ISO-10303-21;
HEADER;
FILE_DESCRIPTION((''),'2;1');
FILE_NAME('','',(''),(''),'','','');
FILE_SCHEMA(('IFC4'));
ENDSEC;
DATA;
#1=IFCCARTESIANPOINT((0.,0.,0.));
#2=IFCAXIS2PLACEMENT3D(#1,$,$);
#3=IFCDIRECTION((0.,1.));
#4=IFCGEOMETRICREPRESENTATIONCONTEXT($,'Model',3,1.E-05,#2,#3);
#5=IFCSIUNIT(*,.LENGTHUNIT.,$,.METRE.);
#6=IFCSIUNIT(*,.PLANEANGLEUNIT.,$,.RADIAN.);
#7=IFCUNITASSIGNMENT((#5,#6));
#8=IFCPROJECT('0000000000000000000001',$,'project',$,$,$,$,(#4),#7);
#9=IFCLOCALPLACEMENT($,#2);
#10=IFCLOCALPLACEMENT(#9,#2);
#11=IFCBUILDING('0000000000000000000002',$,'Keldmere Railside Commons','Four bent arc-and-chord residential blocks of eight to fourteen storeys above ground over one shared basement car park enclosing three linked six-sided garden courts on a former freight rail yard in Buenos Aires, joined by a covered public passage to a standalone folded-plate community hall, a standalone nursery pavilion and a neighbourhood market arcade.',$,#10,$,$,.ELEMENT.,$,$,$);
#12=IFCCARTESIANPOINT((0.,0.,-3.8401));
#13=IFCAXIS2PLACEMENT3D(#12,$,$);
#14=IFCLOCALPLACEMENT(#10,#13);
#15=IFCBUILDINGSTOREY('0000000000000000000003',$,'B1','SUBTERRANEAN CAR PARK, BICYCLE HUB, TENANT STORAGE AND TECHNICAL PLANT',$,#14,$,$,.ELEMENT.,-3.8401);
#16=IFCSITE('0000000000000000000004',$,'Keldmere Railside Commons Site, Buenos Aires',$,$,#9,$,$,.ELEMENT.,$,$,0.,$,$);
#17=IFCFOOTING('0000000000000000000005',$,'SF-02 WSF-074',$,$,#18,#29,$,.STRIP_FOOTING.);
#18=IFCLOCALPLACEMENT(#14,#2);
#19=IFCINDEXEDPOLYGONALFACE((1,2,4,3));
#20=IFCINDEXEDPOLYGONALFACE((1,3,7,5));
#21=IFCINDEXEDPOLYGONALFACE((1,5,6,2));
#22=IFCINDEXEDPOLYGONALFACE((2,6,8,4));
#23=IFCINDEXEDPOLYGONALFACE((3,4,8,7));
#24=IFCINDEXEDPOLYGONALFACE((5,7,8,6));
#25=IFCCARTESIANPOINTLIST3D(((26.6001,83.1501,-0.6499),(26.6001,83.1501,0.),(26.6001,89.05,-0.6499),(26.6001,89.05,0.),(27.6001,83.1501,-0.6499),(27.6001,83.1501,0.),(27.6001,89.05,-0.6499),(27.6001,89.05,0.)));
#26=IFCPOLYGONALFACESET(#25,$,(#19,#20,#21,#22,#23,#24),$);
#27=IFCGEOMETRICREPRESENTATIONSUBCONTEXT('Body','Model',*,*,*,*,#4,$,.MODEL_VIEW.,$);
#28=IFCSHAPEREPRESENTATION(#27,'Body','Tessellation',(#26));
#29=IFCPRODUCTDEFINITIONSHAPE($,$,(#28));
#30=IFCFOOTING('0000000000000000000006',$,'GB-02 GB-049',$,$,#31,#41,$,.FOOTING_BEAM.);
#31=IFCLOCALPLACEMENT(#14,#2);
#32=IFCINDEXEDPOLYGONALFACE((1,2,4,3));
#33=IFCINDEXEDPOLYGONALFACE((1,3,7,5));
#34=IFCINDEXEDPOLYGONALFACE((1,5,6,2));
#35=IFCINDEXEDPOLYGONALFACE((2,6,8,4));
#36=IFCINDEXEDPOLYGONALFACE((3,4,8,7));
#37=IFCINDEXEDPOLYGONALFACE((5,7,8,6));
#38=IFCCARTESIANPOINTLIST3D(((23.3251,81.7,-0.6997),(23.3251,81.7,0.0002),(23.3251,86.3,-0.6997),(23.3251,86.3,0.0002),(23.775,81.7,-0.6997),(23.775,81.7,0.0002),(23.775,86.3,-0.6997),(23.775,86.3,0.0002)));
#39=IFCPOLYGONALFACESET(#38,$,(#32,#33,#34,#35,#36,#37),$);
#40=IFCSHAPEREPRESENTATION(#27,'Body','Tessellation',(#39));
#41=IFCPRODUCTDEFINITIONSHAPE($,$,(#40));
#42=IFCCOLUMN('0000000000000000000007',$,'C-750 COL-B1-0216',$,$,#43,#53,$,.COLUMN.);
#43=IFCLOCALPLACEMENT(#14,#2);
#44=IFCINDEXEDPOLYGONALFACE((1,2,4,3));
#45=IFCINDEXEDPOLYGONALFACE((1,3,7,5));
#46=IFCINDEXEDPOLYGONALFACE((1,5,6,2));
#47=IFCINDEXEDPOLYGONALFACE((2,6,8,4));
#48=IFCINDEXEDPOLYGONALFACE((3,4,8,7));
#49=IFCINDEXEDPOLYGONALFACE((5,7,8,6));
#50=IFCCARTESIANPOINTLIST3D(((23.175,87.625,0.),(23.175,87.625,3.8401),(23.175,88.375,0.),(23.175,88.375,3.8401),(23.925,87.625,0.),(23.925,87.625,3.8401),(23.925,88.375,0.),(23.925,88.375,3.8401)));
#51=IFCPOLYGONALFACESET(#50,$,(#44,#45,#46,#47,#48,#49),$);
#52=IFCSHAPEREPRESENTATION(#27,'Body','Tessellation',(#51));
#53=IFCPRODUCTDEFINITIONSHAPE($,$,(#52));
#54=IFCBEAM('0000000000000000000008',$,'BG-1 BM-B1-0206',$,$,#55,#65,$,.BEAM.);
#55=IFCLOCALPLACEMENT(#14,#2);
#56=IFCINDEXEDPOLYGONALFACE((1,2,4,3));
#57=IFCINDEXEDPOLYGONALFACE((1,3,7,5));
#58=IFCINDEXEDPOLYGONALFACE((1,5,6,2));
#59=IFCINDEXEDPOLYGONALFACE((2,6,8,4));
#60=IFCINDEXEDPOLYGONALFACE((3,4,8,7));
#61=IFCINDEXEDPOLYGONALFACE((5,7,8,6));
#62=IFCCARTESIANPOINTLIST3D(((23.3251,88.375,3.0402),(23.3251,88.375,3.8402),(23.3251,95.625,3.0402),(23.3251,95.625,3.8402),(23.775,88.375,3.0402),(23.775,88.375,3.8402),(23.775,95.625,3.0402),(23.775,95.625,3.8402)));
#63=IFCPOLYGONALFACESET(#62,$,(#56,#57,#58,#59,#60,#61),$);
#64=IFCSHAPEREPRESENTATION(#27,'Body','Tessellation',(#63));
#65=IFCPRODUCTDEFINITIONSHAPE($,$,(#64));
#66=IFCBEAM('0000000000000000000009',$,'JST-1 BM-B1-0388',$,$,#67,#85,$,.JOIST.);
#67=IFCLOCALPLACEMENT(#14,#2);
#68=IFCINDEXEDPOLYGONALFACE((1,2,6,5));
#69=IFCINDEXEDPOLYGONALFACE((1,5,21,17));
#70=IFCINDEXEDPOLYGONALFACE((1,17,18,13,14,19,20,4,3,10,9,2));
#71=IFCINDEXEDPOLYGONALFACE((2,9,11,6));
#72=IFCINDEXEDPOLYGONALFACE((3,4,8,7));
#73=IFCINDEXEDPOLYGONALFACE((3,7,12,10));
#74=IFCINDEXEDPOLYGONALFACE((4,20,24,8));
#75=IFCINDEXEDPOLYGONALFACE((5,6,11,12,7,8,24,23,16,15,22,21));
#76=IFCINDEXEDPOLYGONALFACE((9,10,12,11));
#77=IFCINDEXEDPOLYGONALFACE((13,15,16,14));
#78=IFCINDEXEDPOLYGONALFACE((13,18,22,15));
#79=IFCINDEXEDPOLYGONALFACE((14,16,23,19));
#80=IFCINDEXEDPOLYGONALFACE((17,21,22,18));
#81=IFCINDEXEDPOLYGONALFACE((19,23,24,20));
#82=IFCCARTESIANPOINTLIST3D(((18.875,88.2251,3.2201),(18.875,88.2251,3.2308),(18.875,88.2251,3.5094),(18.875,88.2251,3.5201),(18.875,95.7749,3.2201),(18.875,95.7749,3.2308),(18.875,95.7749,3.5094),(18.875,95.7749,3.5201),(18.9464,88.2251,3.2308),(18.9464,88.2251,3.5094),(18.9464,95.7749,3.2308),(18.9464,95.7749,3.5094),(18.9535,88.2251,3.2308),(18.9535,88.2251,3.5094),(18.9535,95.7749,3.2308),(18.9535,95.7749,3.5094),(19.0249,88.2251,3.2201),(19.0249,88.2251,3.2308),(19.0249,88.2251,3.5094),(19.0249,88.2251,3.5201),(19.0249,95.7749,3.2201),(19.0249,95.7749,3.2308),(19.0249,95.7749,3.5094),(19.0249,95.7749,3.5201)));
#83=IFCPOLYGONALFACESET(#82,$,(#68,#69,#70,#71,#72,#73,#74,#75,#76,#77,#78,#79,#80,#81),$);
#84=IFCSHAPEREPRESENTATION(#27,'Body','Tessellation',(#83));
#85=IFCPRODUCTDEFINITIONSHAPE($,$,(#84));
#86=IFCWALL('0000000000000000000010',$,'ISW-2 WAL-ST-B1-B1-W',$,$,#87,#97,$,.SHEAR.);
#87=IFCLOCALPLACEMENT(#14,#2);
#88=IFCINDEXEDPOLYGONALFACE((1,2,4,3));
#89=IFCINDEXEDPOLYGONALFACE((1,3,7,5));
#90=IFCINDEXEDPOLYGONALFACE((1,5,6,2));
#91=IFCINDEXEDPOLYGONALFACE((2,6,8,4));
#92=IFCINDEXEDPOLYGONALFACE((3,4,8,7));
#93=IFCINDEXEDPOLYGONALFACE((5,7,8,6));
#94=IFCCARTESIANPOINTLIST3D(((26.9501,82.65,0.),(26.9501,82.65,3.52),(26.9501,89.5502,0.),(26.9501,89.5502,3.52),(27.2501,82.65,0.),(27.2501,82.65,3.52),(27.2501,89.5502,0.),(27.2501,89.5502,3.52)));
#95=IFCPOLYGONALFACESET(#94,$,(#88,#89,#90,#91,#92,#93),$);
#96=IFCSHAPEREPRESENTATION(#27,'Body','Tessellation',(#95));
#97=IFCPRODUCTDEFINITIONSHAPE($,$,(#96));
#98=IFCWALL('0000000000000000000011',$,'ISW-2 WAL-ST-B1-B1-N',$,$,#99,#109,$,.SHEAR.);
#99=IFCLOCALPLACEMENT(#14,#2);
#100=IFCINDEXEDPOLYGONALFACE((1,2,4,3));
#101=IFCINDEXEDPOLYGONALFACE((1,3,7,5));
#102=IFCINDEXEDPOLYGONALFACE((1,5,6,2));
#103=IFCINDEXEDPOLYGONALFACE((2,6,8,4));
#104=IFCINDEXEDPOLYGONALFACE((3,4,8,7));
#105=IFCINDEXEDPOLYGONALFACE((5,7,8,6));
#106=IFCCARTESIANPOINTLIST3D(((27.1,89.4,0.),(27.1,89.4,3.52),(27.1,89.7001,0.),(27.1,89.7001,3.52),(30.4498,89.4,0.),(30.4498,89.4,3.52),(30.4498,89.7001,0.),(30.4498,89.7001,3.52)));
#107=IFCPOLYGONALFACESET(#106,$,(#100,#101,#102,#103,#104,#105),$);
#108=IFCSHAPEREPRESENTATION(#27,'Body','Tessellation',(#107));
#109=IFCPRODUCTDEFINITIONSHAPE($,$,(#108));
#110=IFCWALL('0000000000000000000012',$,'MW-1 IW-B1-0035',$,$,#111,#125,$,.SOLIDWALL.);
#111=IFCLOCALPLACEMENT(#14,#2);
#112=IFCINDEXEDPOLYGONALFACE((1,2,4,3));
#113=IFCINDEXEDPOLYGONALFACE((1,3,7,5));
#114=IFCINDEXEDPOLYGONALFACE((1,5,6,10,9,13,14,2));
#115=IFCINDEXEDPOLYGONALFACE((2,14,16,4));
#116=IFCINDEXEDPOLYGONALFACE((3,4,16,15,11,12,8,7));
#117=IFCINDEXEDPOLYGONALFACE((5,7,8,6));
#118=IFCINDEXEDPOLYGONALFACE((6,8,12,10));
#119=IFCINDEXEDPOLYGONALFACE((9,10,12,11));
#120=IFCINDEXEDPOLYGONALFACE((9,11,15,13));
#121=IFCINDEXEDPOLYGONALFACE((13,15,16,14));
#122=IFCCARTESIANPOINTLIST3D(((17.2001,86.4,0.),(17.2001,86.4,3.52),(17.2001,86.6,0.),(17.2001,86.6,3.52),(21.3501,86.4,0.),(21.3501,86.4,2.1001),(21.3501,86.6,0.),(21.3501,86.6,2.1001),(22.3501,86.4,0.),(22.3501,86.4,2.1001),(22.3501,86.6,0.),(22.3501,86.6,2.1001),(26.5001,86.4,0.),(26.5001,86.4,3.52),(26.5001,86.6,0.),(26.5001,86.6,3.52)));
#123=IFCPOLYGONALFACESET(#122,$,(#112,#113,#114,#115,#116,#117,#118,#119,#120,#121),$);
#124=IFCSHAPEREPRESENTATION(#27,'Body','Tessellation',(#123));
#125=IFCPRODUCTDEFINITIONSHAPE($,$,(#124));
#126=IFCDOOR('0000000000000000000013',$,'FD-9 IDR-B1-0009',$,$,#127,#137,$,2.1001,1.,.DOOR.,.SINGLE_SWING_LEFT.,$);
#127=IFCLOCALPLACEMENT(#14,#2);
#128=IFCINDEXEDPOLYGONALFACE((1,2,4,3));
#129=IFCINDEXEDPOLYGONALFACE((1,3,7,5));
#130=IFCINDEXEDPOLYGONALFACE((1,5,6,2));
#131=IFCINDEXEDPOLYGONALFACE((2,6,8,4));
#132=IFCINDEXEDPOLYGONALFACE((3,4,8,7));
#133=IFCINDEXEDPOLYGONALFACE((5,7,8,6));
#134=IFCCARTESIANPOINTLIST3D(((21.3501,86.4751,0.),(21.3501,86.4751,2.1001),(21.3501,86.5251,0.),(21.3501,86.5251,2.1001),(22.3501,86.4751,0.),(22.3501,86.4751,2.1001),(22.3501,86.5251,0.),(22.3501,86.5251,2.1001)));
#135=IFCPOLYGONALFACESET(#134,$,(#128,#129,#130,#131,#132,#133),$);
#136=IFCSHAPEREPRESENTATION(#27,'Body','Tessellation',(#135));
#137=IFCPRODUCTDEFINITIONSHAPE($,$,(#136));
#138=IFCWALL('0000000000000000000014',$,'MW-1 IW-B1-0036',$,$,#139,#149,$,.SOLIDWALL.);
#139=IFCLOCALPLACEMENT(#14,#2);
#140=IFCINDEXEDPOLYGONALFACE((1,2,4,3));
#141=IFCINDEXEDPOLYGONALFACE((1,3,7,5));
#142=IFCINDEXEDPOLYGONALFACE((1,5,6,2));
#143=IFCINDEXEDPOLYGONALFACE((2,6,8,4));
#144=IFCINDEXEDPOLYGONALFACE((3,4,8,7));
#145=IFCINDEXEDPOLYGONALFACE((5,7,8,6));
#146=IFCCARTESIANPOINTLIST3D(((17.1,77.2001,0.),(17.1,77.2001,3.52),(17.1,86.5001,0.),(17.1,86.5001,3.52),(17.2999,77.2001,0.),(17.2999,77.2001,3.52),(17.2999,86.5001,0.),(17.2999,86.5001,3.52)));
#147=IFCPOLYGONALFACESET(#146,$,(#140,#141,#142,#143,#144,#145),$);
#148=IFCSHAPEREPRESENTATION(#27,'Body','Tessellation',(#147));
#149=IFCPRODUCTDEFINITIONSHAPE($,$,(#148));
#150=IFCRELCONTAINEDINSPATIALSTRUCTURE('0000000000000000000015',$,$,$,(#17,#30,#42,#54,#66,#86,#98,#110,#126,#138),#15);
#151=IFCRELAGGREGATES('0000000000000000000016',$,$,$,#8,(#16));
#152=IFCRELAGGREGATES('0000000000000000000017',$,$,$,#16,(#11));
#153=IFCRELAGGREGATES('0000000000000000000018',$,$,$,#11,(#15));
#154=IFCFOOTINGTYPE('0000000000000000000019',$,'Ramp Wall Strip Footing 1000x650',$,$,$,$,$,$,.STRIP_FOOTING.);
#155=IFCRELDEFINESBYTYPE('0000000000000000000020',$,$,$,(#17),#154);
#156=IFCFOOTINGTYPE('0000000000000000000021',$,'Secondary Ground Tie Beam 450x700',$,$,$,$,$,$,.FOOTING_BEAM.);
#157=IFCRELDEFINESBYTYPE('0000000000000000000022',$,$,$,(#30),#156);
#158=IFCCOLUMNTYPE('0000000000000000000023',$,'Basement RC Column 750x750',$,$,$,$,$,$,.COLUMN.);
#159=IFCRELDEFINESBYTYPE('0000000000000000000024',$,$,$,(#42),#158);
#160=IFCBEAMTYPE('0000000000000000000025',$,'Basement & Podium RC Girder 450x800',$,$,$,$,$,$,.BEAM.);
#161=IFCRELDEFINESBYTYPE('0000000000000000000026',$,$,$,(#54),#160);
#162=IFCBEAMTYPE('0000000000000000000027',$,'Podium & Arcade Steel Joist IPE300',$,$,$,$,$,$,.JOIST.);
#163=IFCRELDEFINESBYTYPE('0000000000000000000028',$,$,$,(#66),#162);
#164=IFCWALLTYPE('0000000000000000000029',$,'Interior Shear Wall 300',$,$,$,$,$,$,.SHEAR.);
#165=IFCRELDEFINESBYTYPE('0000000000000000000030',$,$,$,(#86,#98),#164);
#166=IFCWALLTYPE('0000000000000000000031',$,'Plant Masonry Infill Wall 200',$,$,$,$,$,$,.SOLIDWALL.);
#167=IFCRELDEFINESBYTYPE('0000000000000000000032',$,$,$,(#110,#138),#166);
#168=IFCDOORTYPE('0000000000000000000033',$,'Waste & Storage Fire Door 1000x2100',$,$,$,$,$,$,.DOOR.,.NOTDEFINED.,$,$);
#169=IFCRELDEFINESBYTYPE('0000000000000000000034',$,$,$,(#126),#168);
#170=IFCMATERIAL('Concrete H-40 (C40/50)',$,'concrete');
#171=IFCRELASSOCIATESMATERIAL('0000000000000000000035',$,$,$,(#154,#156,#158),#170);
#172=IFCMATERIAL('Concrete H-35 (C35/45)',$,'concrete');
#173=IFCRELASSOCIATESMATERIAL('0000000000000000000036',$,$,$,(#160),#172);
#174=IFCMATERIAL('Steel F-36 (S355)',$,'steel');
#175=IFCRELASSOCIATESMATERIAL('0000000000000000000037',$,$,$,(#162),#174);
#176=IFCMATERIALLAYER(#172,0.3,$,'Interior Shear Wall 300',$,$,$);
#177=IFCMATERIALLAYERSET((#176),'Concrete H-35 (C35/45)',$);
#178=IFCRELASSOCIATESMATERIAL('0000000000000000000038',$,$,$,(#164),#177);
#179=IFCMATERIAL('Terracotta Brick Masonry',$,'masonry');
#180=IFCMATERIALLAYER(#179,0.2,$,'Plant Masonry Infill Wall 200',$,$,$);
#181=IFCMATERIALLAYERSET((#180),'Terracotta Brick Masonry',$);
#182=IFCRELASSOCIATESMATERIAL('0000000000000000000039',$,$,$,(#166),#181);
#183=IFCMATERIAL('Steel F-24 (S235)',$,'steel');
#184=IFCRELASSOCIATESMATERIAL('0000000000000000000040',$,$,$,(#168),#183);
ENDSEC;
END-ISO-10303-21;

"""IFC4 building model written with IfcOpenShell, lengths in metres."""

from ifc_helpers import new_model, si_unit, direction, frame, frame_2d, origin, origin_2d, place, context, subcontext, project, spatial, rectangle, i_section, extrude, material, layer, layer_set, material_profile, profile_set, type_object, element, fill, save


model = new_model("IFC4")

# Units and contexts
model_context = context("Model", 3, precision=1e-05, world=origin(), true_north=direction((0.0, 1.0)))
body_context = subcontext(model_context, "Body", "Model", "MODEL_VIEW")
ifc_project = project(units=[si_unit("LENGTHUNIT", "METRE"), si_unit("PLANEANGLEUNIT", "RADIAN")], contexts=[model_context])

# Site, building, storey
site_placement = place(None, origin())
site = spatial("IfcSite", under=ifc_project, at=site_placement, Name="Keldmere Railside Commons Site, Buenos Aires", CompositionType="ELEMENT", RefElevation=0.0)
building_placement = place(site_placement, origin())
building = spatial("IfcBuilding", under=site, at=building_placement, Name="Keldmere Railside Commons", Description="Four bent arc-and-chord residential blocks of eight to fourteen storeys above ground over one shared basement car park enclosing three linked six-sided garden courts on a former freight rail yard in Buenos Aires, joined by a covered public passage to a standalone folded-plate community hall, a standalone nursery pavilion and a neighbourhood market arcade.", CompositionType="ELEMENT")
storey_placement = place(building_placement, frame((0.0, 0.0, -3.8401)))
storey = spatial("IfcBuildingStorey", under=building, at=storey_placement, Name="B1", Description="SUBTERRANEAN CAR PARK, BICYCLE HUB, TENANT STORAGE AND TECHNICAL PLANT", CompositionType="ELEMENT", Elevation=-3.8401)

# Footings
ifc_material_1 = material(Name="Concrete H-40 (C40/50)", Category="concrete")
footing_type_1 = type_object("IfcFootingType", Name="Ramp Wall Strip Footing 1000x650", PredefinedType="STRIP_FOOTING", material=ifc_material_1)
footing_1_placement = place(storey_placement, frame((27.1001, 86.1001, -0.6499), z_axis=(0.0, 0.0, 1.0), x_axis=(0.0, 1.0, 0.0)))
element("IfcFooting", 1, at=footing_1_placement, inside=storey, type_object=footing_type_1, Name="SF-02 WSF-074", PredefinedType="STRIP_FOOTING", context=body_context, shape_type="SweptSolid", body=[
    extrude(rectangle(XDim=5.8999, YDim=1.0, at=origin_2d()), origin(), (0.0, 0.0, 1.0), 0.6499),
])
footing_type_2 = type_object("IfcFootingType", Name="Secondary Ground Tie Beam 450x700", PredefinedType="FOOTING_BEAM", material=ifc_material_1)
footing_2_placement = place(storey_placement, frame((23.55, 84.0, -0.6997), z_axis=(0.0, 0.0, 1.0), x_axis=(0.0, 1.0, 0.0)))
element("IfcFooting", 2, at=footing_2_placement, inside=storey, type_object=footing_type_2, Name="GB-02 GB-049", PredefinedType="FOOTING_BEAM", context=body_context, shape_type="SweptSolid", body=[
    extrude(rectangle(XDim=4.6001, YDim=0.45, at=origin_2d()), origin(), (0.0, 0.0, 1.0), 0.7),
])

# Column
ifc_material_profile_1 = material_profile(ifc_material_1, rectangle(XDim=0.75, YDim=0.75, at=origin_2d()), Name="RC-750x750")
ifc_profile_set_1 = profile_set([ifc_material_profile_1], Name="Concrete H-40 (C40/50)")
column_type = type_object("IfcColumnType", Name="Basement RC Column 750x750", PredefinedType="COLUMN", material=ifc_profile_set_1)
column_placement = place(storey_placement, frame((23.55, 88.0, 0.0), z_axis=(0.0, 0.0, 1.0), x_axis=(1.0, 0.0, 0.0)))
element("IfcColumn", 3, at=column_placement, inside=storey, type_object=column_type, Name="C-750 COL-B1-0216", PredefinedType="COLUMN", context=body_context, shape_type="SweptSolid", body=[
    extrude(rectangle(XDim=0.75, YDim=0.75, at=origin_2d()), origin(), (0.0, 0.0, 1.0), 3.8401),
])

# Beams
ifc_material_2 = material(Name="Concrete H-35 (C35/45)", Category="concrete")
ifc_material_profile_2 = material_profile(ifc_material_2, rectangle(XDim=0.45, YDim=0.8, at=origin_2d()), Name="RC-450x800")
ifc_profile_set_2 = profile_set([ifc_material_profile_2], Name="Concrete H-35 (C35/45)")
beam_type_1 = type_object("IfcBeamType", Name="Basement & Podium RC Girder 450x800", PredefinedType="BEAM", material=ifc_profile_set_2)
beam_1_placement = place(storey_placement, frame((23.55, 88.375, 3.4402), z_axis=(0.0, 1.0, 0.0), x_axis=(-1.0, 0.0, 0.0)))
element("IfcBeam", 4, at=beam_1_placement, inside=storey, type_object=beam_type_1, Name="BG-1 BM-B1-0206", PredefinedType="BEAM", context=body_context, shape_type="SweptSolid", body=[
    extrude(rectangle(XDim=0.45, YDim=0.8, at=origin_2d()), origin(), (0.0, 0.0, 1.0), 7.25),
])
ifc_material_3 = material(Name="Steel F-36 (S355)", Category="steel")
ifc_material_profile_3 = material_profile(ifc_material_3, i_section(OverallWidth=0.1499, OverallDepth=0.3, WebThickness=0.0071, FlangeThickness=0.0107, at=origin_2d()), Name="IPE-300")
ifc_profile_set_3 = profile_set([ifc_material_profile_3], Name="Steel F-36 (S355)")
beam_type_2 = type_object("IfcBeamType", Name="Podium & Arcade Steel Joist IPE300", PredefinedType="JOIST", material=ifc_profile_set_3)
beam_2_placement = place(storey_placement, frame((18.95, 88.2251, 3.3701), z_axis=(0.0, 1.0, 0.0), x_axis=(-1.0, 0.0, 0.0)))
element("IfcBeam", 5, at=beam_2_placement, inside=storey, type_object=beam_type_2, Name="JST-1 BM-B1-0388", PredefinedType="JOIST", context=body_context, shape_type="SweptSolid", body=[
    extrude(i_section(OverallWidth=0.1499, OverallDepth=0.3, WebThickness=0.0071, FlangeThickness=0.0107, at=origin_2d()), origin(), (0.0, 0.0, 1.0), 7.5498),
])

# Walls
ifc_layer_1 = layer(ifc_material_2, 0.3, Name="Interior Shear Wall 300")
ifc_layer_set_1 = layer_set([ifc_layer_1], Name="Concrete H-35 (C35/45)")
wall_type_1 = type_object("IfcWallType", Name="Interior Shear Wall 300", PredefinedType="SHEAR", material=ifc_layer_set_1)
wall_1_placement = place(storey_placement, frame((27.1001, 82.6499, 0.0), z_axis=(0.0, 0.0, 1.0), x_axis=(0.0, 1.0, 0.0)))
element("IfcWall", 6, at=wall_1_placement, inside=storey, type_object=wall_type_1, Name="ISW-2 WAL-ST-B1-B1-W", PredefinedType="SHEAR", context=body_context, shape_type="SweptSolid", body=[
    extrude(rectangle(XDim=6.9001, YDim=0.3, at=frame_2d((3.4502, 0.0))), origin(), (0.0, 0.0, 1.0), 3.52),
])
wall_2_placement = place(storey_placement, frame((27.1001, 89.55, 0.0), z_axis=(0.0, 0.0, 1.0), x_axis=(1.0, 0.0, 0.0)))
element("IfcWall", 7, at=wall_2_placement, inside=storey, type_object=wall_type_1, Name="ISW-2 WAL-ST-B1-B1-N", PredefinedType="SHEAR", context=body_context, shape_type="SweptSolid", body=[
    extrude(rectangle(XDim=3.3499, YDim=0.3, at=frame_2d((1.6748, 0.0))), origin(), (0.0, 0.0, 1.0), 3.52),
])

# Wall, opening, door
ifc_material_4 = material(Name="Terracotta Brick Masonry", Category="masonry")
ifc_layer_2 = layer(ifc_material_4, 0.2, Name="Plant Masonry Infill Wall 200")
ifc_layer_set_2 = layer_set([ifc_layer_2], Name="Terracotta Brick Masonry")
wall_type_2 = type_object("IfcWallType", Name="Plant Masonry Infill Wall 200", PredefinedType="SOLIDWALL", material=ifc_layer_set_2)
wall_3_placement = place(storey_placement, frame((26.5, 86.5, 0.0), z_axis=(0.0, 0.0, 1.0), x_axis=(-1.0, 0.0, 0.0)))
wall_3 = element("IfcWall", 8, at=wall_3_placement, inside=storey, type_object=wall_type_2, Name="MW-1 IW-B1-0035", PredefinedType="SOLIDWALL", context=body_context, shape_type="SweptSolid", body=[
    extrude(rectangle(XDim=9.3, YDim=0.2, at=frame_2d((4.6499, 0.0))), origin(), (0.0, 0.0, 1.0), 3.52),
])
opening_placement = place(wall_3_placement, frame((4.1499, 0.0, 0.0)))
opening = element("IfcOpeningElement", 9, at=opening_placement, cuts=wall_3, PredefinedType="OPENING", context=body_context, shape_type="SweptSolid", body=[
    extrude(rectangle(XDim=1.0, YDim=2.1001, at=frame_2d((0.5, 1.05))), frame((0.0, 0.1099, 0.0), z_axis=(0.0, -1.0, 0.0), x_axis=(1.0, 0.0, 0.0)), (0.0, 0.0, 1.0), 0.22),
])
ifc_material_5 = material(Name="Steel F-24 (S235)", Category="steel")
door_type = type_object("IfcDoorType", Name="Waste & Storage Fire Door 1000x2100", OperationType="NOTDEFINED", PredefinedType="DOOR", material=ifc_material_5)
door_placement = place(opening_placement, origin())
door = element("IfcDoor", 10, at=door_placement, inside=storey, type_object=door_type, Name="FD-9 IDR-B1-0009", OperationType="SINGLE_SWING_LEFT", OverallHeight=2.1001, OverallWidth=1.0, PredefinedType="DOOR", context=body_context, shape_type="SweptSolid", body=[
    extrude(rectangle(XDim=1.0, YDim=2.1001, at=frame_2d((0.5, 1.05))), frame((0.0, 0.0249, 0.0), z_axis=(0.0, -1.0, 0.0), x_axis=(1.0, 0.0, 0.0)), (0.0, 0.0, 1.0), 0.05),
])
fill(opening, door)

# Wall
wall_4_placement = place(storey_placement, frame((17.2, 86.5, 0.0), z_axis=(0.0, 0.0, 1.0), x_axis=(0.0, -1.0, 0.0)))
element("IfcWall", 11, at=wall_4_placement, inside=storey, type_object=wall_type_2, Name="MW-1 IW-B1-0036", PredefinedType="SOLIDWALL", context=body_context, shape_type="SweptSolid", body=[
    extrude(rectangle(XDim=9.3, YDim=0.2, at=frame_2d((4.6499, 0.0))), origin(), (0.0, 0.0, 1.0), 3.52),
])

save(model, "model.ifc")
